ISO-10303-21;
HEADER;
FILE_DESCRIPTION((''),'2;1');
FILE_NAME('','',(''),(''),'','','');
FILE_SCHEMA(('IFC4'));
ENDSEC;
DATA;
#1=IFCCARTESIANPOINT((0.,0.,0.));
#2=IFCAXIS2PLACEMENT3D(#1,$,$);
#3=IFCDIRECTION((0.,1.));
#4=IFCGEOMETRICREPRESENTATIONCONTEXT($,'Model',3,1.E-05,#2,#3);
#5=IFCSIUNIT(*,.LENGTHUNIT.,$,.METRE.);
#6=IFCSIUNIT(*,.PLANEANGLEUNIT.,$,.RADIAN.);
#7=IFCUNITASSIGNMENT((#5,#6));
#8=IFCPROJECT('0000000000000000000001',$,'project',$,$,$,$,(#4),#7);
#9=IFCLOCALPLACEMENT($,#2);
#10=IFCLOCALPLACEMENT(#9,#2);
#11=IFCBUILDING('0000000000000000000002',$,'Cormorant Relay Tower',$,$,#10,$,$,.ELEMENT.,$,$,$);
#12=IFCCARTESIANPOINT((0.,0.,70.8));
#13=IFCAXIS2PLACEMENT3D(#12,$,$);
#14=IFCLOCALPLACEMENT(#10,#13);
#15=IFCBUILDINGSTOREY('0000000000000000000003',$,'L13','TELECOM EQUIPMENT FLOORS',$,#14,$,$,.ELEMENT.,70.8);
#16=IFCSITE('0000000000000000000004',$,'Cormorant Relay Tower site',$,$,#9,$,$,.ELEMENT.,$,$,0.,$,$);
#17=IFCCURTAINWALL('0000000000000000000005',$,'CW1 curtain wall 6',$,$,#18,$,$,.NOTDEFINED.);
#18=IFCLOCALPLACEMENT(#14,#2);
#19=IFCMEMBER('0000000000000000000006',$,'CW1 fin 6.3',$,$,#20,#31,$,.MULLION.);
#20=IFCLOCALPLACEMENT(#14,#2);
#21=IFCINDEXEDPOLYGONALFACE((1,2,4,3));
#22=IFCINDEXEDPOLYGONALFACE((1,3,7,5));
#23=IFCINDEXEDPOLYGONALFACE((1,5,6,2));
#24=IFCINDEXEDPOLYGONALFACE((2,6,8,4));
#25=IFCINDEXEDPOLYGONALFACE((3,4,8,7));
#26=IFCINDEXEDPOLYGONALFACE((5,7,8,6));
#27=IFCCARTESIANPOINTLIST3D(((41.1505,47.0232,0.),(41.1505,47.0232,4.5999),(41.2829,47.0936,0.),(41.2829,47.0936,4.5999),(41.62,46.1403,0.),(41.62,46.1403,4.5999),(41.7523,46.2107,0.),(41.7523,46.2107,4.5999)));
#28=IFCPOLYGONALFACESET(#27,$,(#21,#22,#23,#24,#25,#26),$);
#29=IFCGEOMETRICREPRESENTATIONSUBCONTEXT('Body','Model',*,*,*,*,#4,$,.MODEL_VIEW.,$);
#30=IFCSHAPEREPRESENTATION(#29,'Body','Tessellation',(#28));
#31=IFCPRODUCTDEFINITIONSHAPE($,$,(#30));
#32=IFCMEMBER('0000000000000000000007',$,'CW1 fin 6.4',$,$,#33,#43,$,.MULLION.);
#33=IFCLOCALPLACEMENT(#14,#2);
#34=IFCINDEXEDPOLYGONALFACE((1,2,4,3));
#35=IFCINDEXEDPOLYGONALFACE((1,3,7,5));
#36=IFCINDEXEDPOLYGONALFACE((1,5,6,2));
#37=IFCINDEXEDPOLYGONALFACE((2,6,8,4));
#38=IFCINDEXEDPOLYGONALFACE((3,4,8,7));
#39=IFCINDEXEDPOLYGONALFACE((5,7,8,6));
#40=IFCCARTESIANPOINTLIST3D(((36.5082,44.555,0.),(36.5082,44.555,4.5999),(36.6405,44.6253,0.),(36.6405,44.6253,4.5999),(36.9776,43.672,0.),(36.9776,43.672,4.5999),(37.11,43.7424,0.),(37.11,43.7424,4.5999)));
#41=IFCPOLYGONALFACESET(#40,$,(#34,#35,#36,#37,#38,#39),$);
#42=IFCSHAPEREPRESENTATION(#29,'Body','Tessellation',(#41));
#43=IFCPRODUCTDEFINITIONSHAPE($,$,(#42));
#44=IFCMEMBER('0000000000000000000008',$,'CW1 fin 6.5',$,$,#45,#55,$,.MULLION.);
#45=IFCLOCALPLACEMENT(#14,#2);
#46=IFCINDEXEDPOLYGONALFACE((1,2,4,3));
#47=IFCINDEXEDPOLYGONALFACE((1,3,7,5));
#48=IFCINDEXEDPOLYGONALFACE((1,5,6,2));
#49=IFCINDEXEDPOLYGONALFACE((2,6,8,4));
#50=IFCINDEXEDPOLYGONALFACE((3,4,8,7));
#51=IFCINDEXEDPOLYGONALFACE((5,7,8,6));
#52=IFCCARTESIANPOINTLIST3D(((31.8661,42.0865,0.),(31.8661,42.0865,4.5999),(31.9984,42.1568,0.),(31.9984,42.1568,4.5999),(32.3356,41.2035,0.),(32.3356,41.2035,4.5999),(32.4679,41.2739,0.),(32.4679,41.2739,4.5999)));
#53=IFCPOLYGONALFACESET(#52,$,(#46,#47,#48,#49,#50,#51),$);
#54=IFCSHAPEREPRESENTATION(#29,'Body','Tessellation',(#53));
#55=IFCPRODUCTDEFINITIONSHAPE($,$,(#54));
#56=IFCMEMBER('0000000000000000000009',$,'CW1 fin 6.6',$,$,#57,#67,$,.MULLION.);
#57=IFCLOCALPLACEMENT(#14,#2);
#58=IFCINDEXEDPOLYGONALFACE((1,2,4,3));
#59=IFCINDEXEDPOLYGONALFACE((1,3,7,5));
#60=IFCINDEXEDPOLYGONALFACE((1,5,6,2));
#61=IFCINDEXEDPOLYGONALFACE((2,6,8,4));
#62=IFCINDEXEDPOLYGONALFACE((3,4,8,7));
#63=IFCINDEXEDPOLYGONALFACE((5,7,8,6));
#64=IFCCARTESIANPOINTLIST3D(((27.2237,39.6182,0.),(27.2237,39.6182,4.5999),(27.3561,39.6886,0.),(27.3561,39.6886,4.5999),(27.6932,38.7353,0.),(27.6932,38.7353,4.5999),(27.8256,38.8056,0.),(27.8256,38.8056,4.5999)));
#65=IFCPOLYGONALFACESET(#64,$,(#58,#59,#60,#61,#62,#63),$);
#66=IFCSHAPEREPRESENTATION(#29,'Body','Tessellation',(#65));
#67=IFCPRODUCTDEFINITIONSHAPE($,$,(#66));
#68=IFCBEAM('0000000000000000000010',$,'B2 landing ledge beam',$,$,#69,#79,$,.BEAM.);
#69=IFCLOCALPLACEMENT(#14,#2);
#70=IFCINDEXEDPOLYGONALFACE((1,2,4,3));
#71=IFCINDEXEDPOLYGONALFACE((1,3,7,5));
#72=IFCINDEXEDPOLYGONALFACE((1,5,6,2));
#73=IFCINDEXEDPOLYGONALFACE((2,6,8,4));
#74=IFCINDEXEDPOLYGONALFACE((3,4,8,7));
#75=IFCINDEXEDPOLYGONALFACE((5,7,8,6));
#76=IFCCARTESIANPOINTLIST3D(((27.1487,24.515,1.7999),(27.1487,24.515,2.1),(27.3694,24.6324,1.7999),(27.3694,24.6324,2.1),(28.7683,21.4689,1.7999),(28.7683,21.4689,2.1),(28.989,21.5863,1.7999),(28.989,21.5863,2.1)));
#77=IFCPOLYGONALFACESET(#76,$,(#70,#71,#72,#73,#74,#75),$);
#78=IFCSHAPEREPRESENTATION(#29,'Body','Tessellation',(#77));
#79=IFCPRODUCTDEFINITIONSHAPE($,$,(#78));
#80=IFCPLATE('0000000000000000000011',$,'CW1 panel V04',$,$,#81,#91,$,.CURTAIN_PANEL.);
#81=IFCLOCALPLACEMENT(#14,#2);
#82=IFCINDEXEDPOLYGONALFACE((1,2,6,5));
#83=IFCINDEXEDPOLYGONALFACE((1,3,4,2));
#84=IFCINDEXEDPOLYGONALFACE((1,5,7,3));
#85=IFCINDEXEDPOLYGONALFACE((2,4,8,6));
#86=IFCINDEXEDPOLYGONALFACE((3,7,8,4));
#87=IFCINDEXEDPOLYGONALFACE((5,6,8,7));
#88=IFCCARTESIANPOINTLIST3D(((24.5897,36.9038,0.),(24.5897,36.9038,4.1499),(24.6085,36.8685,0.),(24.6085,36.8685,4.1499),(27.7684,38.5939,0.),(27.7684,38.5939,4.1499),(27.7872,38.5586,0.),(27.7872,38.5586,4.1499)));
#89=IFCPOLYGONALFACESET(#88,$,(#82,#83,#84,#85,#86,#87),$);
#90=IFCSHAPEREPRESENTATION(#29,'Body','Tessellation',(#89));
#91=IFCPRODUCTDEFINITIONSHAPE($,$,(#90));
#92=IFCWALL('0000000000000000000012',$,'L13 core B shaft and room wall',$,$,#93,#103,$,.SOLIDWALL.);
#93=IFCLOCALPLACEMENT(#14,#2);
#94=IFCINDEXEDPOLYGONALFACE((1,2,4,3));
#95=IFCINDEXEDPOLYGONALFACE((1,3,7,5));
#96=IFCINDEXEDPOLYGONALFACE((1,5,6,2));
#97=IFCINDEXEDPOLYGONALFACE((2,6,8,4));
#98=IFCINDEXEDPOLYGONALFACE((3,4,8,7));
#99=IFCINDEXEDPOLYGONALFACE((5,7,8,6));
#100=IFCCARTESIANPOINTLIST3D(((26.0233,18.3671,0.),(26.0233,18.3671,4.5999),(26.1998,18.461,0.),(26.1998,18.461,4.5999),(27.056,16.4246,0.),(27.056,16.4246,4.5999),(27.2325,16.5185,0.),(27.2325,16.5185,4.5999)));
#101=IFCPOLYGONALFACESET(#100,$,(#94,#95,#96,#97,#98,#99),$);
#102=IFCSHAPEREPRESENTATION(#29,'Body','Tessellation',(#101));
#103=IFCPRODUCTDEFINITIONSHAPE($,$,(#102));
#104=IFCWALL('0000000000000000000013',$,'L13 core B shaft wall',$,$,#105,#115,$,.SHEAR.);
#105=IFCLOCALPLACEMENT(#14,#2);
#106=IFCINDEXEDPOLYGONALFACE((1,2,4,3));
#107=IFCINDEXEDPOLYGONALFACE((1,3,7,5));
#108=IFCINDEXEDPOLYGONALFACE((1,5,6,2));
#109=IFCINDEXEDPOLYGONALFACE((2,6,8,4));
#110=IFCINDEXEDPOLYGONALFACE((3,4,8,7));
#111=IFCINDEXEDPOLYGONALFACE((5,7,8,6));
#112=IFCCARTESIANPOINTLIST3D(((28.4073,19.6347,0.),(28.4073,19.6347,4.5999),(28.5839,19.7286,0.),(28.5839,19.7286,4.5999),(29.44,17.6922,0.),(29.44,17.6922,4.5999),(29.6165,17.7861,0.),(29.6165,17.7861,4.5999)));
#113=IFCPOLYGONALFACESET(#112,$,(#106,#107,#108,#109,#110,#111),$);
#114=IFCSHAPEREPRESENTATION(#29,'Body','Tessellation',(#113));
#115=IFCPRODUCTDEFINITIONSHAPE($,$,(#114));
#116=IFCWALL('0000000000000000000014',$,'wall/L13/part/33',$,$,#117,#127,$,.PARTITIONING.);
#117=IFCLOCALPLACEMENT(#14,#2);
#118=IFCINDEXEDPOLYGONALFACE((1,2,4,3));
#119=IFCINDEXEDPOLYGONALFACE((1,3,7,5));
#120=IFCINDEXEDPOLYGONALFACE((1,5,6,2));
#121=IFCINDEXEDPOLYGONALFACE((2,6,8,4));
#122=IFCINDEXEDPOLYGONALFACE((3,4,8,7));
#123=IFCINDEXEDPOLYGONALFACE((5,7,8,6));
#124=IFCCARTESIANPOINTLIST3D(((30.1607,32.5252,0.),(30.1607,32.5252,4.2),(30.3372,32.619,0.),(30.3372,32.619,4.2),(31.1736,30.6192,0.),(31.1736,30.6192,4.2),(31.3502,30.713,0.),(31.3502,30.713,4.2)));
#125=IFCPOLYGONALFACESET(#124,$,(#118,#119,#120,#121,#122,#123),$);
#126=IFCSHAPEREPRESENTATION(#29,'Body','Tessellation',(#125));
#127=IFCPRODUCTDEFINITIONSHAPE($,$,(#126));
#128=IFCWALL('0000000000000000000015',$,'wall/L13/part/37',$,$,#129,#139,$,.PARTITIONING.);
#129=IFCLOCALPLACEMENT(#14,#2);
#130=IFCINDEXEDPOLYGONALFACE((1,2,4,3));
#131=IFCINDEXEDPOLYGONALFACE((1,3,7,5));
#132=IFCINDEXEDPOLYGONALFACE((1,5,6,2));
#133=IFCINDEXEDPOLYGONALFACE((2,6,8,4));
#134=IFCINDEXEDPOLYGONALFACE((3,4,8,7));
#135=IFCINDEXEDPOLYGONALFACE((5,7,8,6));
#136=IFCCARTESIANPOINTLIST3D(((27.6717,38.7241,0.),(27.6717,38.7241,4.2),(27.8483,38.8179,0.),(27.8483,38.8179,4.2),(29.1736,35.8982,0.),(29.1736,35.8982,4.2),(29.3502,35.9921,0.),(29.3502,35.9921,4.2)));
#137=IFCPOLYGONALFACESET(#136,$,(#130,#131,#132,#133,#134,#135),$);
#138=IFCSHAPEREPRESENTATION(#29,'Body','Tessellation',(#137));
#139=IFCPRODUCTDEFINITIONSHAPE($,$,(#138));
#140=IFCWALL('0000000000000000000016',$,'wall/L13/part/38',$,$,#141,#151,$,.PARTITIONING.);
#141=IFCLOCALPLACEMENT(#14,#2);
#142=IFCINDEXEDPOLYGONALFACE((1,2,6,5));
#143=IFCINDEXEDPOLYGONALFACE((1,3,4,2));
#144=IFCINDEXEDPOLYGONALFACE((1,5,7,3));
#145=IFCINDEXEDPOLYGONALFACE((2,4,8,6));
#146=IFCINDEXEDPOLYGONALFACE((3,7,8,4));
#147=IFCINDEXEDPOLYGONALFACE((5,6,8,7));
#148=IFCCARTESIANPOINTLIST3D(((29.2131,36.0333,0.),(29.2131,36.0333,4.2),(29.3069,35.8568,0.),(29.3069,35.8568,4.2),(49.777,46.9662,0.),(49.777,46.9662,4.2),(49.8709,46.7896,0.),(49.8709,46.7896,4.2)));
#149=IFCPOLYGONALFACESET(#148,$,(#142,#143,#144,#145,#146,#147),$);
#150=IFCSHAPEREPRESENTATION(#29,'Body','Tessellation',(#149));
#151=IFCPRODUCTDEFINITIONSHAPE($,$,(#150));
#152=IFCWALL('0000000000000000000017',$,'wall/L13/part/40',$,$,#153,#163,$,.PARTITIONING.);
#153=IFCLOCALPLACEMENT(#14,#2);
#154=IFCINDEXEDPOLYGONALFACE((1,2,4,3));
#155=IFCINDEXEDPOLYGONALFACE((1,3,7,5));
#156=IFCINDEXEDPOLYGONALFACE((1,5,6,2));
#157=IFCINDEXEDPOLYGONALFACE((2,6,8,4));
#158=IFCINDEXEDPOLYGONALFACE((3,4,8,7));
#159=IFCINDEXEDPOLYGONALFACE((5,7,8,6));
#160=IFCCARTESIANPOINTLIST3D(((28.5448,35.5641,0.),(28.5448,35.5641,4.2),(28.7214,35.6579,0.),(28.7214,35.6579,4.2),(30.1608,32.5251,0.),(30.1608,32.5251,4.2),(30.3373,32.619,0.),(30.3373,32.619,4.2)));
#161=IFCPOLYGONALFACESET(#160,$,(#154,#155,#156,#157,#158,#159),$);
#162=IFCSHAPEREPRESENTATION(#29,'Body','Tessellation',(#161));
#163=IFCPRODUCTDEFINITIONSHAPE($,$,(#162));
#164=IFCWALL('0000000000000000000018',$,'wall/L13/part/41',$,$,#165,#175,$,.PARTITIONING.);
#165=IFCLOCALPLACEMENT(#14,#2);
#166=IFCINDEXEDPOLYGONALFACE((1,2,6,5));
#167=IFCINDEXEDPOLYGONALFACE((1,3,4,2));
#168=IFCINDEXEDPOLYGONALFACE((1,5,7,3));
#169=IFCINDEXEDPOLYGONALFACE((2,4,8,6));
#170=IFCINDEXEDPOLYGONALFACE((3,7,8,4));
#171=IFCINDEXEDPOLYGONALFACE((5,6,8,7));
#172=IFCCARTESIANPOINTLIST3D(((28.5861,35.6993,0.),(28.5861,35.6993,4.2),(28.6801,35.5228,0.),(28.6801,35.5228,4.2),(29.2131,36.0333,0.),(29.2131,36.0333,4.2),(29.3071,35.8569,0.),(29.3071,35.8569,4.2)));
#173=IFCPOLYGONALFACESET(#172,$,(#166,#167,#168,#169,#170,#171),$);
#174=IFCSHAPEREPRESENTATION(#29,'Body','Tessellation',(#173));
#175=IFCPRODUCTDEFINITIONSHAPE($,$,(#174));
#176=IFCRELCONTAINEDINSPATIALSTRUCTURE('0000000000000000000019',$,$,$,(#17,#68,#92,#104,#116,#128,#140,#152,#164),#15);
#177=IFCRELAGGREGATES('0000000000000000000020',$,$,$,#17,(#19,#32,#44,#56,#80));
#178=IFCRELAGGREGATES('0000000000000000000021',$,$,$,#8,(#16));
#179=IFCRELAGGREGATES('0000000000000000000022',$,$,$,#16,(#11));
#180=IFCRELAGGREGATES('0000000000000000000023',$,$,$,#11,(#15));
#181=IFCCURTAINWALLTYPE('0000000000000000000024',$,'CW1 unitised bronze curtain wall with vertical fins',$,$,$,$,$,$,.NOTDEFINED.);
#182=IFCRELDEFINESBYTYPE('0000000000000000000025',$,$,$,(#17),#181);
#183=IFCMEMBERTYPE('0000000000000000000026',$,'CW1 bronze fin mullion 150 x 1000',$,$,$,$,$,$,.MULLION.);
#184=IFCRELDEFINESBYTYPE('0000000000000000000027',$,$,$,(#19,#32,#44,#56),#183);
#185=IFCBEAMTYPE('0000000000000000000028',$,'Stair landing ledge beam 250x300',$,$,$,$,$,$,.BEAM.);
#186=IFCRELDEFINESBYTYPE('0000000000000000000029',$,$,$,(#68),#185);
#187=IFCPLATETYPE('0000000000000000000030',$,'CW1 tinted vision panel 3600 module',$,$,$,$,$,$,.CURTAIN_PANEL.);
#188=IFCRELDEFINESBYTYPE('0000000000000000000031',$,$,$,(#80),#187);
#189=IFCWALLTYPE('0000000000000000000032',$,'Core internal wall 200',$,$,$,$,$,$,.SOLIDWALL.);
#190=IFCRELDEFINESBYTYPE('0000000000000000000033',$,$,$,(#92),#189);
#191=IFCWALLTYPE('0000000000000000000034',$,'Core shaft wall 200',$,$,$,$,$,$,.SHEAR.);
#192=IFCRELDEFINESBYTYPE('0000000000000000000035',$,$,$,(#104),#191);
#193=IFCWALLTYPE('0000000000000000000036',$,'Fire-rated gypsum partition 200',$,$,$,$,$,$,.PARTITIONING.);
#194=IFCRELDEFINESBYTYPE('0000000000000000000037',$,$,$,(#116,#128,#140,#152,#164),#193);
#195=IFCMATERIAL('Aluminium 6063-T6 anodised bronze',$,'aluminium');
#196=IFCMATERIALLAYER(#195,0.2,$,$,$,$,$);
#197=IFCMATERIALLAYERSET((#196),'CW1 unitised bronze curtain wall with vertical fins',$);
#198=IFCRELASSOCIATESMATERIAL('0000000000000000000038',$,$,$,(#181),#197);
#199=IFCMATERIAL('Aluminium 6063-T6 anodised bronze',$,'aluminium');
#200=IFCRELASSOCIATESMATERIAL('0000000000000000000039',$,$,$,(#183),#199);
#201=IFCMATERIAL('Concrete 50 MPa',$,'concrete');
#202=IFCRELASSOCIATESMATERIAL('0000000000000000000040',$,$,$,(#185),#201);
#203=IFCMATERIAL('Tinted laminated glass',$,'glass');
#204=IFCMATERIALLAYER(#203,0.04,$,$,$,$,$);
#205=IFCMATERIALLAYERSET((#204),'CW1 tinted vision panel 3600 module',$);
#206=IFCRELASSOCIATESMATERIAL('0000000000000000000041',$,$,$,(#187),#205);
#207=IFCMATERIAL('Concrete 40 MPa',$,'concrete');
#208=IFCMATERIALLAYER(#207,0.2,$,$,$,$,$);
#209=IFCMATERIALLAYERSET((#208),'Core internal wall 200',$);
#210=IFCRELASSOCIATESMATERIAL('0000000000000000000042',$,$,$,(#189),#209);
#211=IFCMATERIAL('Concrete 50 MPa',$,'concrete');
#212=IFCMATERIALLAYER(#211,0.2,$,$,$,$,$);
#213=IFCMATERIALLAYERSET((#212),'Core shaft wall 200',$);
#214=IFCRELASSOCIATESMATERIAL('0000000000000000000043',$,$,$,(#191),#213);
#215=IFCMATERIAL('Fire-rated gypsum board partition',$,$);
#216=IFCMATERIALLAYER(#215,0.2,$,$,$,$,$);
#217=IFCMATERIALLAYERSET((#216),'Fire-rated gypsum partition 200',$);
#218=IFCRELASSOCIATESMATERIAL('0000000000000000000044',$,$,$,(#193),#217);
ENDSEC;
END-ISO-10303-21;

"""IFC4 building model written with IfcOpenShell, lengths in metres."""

from ifc_helpers import new_model, si_unit, direction, frame, frame_2d, origin, origin_2d, place, context, subcontext, project, spatial, rectangle, extrude, material, layer, layer_set, material_profile, profile_set, type_object, element, aggregate, save


model = new_model("IFC4")

# Units and contexts
model_context = context("Model", 3, precision=1e-05, world=origin(), true_north=direction((0.0, 1.0)))
body_context = subcontext(model_context, "Body", "Model", "MODEL_VIEW")
ifc_project = project(units=[si_unit("LENGTHUNIT", "METRE"), si_unit("PLANEANGLEUNIT", "RADIAN")], contexts=[model_context])

# Site, building, storey
site_placement = place(None, origin())
site = spatial("IfcSite", under=ifc_project, at=site_placement, Name="Cormorant Relay Tower site", CompositionType="ELEMENT", RefElevation=0.0)
building_placement = place(site_placement, origin())
building = spatial("IfcBuilding", under=site, at=building_placement, Name="Cormorant Relay Tower", CompositionType="ELEMENT")
storey_placement = place(building_placement, frame((0.0, 0.0, 70.8)))
storey = spatial("IfcBuildingStorey", under=building, at=storey_placement, Name="L13", Description="TELECOM EQUIPMENT FLOORS", CompositionType="ELEMENT", Elevation=70.8)

# Curtain wall, members
ifc_material_1 = material(Name="Aluminium 6063-T6 anodised bronze", Category="aluminium")
ifc_layer_1 = layer(ifc_material_1, 0.2)
ifc_layer_set_1 = layer_set([ifc_layer_1], Name="CW1 unitised bronze curtain wall with vertical fins")
curtain_wall_type = type_object("IfcCurtainWallType", Name="CW1 unitised bronze curtain wall with vertical fins", PredefinedType="NOTDEFINED", material=ifc_layer_set_1)
curtain_wall_placement = place(storey_placement, origin())
curtain_wall = element("IfcCurtainWall", 1, at=curtain_wall_placement, inside=storey, type_object=curtain_wall_type, Name="CW1 curtain wall 6", PredefinedType="NOTDEFINED")
ifc_material_2 = material(Name="Aluminium 6063-T6 anodised bronze", Category="aluminium")
ifc_material_profile_1 = material_profile(ifc_material_2, rectangle(XDim=0.1499, YDim=1.0, at=origin_2d()), Name="AL 150x1000")
ifc_profile_set_1 = profile_set([ifc_material_profile_1], Name="Aluminium 6063-T6 anodised bronze")
member_type = type_object("IfcMemberType", Name="CW1 bronze fin mullion 150 x 1000", PredefinedType="MULLION", material=ifc_profile_set_1)
member_1_placement = place(storey_placement, frame((41.4514, 46.6169, 0.0), z_axis=(0.0, 0.0, 1.0), x_axis=(-0.882948, -0.469472, 0.0)))
member_1 = element("IfcMember", 2, at=member_1_placement, type_object=member_type, Name="CW1 fin 6.3", PredefinedType="MULLION", context=body_context, shape_type="SweptSolid", body=[
    extrude(rectangle(XDim=0.1499, YDim=1.0, at=origin_2d()), origin(), (0.0, 0.0, 1.0), 4.5999),
])
member_2_placement = place(storey_placement, frame((36.8091, 44.1487, 0.0), z_axis=(0.0, 0.0, 1.0), x_axis=(-0.882948, -0.469472, 0.0)))
member_2 = element("IfcMember", 3, at=member_2_placement, type_object=member_type, Name="CW1 fin 6.4", PredefinedType="MULLION", context=body_context, shape_type="SweptSolid", body=[
    extrude(rectangle(XDim=0.1499, YDim=1.0, at=origin_2d()), origin(), (0.0, 0.0, 1.0), 4.5999),
])
member_3_placement = place(storey_placement, frame((32.167, 41.6802, 0.0), z_axis=(0.0, 0.0, 1.0), x_axis=(-0.882948, -0.469472, 0.0)))
member_3 = element("IfcMember", 4, at=member_3_placement, type_object=member_type, Name="CW1 fin 6.5", PredefinedType="MULLION", context=body_context, shape_type="SweptSolid", body=[
    extrude(rectangle(XDim=0.1499, YDim=1.0, at=origin_2d()), origin(), (0.0, 0.0, 1.0), 4.5999),
])
member_4_placement = place(storey_placement, frame((27.5247, 39.2119, 0.0), z_axis=(0.0, 0.0, 1.0), x_axis=(-0.882948, -0.469472, 0.0)))
member_4 = element("IfcMember", 5, at=member_4_placement, type_object=member_type, Name="CW1 fin 6.6", PredefinedType="MULLION", context=body_context, shape_type="SweptSolid", body=[
    extrude(rectangle(XDim=0.1499, YDim=1.0, at=origin_2d()), origin(), (0.0, 0.0, 1.0), 4.5999),
])

# Beam
ifc_material_3 = material(Name="Concrete 50 MPa", Category="concrete")
ifc_material_profile_2 = material_profile(ifc_material_3, rectangle(XDim=0.25, YDim=0.3, at=origin_2d()), Name="RC 250x300")
ifc_profile_set_2 = profile_set([ifc_material_profile_2], Name="Concrete 50 MPa")
beam_type = type_object("IfcBeamType", Name="Stair landing ledge beam 250x300", PredefinedType="BEAM", material=ifc_profile_set_2)
beam_placement = place(storey_placement, frame((28.8787, 21.5276, 1.95), z_axis=(-0.469464, 0.882952, 0.0), x_axis=(-0.882952, -0.469464, 0.0)))
element("IfcBeam", 6, at=beam_placement, inside=storey, type_object=beam_type, Name="B2 landing ledge beam", PredefinedType="BEAM", context=body_context, shape_type="SweptSolid", body=[
    extrude(rectangle(XDim=0.25, YDim=0.3, at=origin_2d()), origin(), (0.0, 0.0, 1.0), 3.45),
])

# Plate
ifc_material_4 = material(Name="Tinted laminated glass", Category="glass")
ifc_layer_2 = layer(ifc_material_4, 0.04)
ifc_layer_set_2 = layer_set([ifc_layer_2], Name="CW1 tinted vision panel 3600 module")
plate_type = type_object("IfcPlateType", Name="CW1 tinted vision panel 3600 module", PredefinedType="CURTAIN_PANEL", material=ifc_layer_set_2)
plate_placement = place(storey_placement, frame((26.1885, 37.7312, 0.0), z_axis=(0.0, 0.0, 1.0), x_axis=(-0.882948, -0.469472, 0.0)))
plate = element("IfcPlate", 7, at=plate_placement, type_object=plate_type, Name="CW1 panel V04", PredefinedType="CURTAIN_PANEL", context=body_context, shape_type="SweptSolid", body=[
    extrude(rectangle(XDim=3.6001, YDim=0.04, at=origin_2d()), origin(), (0.0, 0.0, 1.0), 4.1499),
])

# Walls
ifc_material_5 = material(Name="Concrete 40 MPa", Category="concrete")
ifc_layer_3 = layer(ifc_material_5, 0.2)
ifc_layer_set_3 = layer_set([ifc_layer_3], Name="Core internal wall 200")
wall_type_1 = type_object("IfcWallType", Name="Core internal wall 200", PredefinedType="SOLIDWALL", material=ifc_layer_set_3)
wall_1_placement = place(storey_placement, frame((27.1443, 16.4714, 0.0), z_axis=(0.0, 0.0, 1.0), x_axis=(-0.469401, 0.882985, 0.0)))
element("IfcWall", 8, at=wall_1_placement, inside=storey, type_object=wall_type_1, Name="L13 core B shaft and room wall", PredefinedType="SOLIDWALL", context=body_context, shape_type="SweptSolid", body=[
    extrude(rectangle(XDim=2.2, YDim=0.2, at=frame_2d((1.1001, 0.0))), origin(), (0.0, 0.0, 1.0), 4.5999),
])
ifc_material_6 = material(Name="Concrete 50 MPa", Category="concrete")
ifc_layer_4 = layer(ifc_material_6, 0.2)
ifc_layer_set_4 = layer_set([ifc_layer_4], Name="Core shaft wall 200")
wall_type_2 = type_object("IfcWallType", Name="Core shaft wall 200", PredefinedType="SHEAR", material=ifc_layer_set_4)
wall_2_placement = place(storey_placement, frame((29.5283, 17.739, 0.0), z_axis=(0.0, 0.0, 1.0), x_axis=(-0.469401, 0.882985, 0.0)))
element("IfcWall", 9, at=wall_2_placement, inside=storey, type_object=wall_type_2, Name="L13 core B shaft wall", PredefinedType="SHEAR", context=body_context, shape_type="SweptSolid", body=[
    extrude(rectangle(XDim=2.2, YDim=0.2, at=frame_2d((1.1001, 0.0))), origin(), (0.0, 0.0, 1.0), 4.5999),
])
ifc_material_7 = material(Name="Fire-rated gypsum board partition")
ifc_layer_5 = layer(ifc_material_7, 0.2)
ifc_layer_set_5 = layer_set([ifc_layer_5], Name="Fire-rated gypsum partition 200")
wall_type_3 = type_object("IfcWallType", Name="Fire-rated gypsum partition 200", PredefinedType="PARTITIONING", material=ifc_layer_set_5)
wall_3_placement = place(storey_placement, frame((30.249, 32.572, 0.0), z_axis=(0.0, 0.0, 1.0), x_axis=(0.46929, -0.883044, 0.0)))
element("IfcWall", 10, at=wall_3_placement, inside=storey, type_object=wall_type_3, Name="wall/L13/part/33", PredefinedType="PARTITIONING", context=body_context, shape_type="SweptSolid", body=[
    extrude(rectangle(XDim=2.1584, YDim=0.2, at=frame_2d((1.0791, 0.0))), origin(), (0.0, 0.0, 1.0), 4.2),
])
wall_4_placement = place(storey_placement, frame((27.76, 38.771, 0.0), z_axis=(0.0, 0.0, 1.0), x_axis=(0.469321, -0.883028, 0.0)))
element("IfcWall", 11, at=wall_4_placement, inside=storey, type_object=wall_type_3, Name="wall/L13/part/37", PredefinedType="PARTITIONING", context=body_context, shape_type="SweptSolid", body=[
    extrude(rectangle(XDim=3.2002, YDim=0.2, at=frame_2d((1.6001, 0.0))), origin(), (0.0, 0.0, 1.0), 4.2),
])
wall_5_placement = place(storey_placement, frame((29.26, 35.9451, 0.0), z_axis=(0.0, 0.0, 1.0), x_axis=(0.882969, 0.469432, 0.0)))
element("IfcWall", 12, at=wall_5_placement, inside=storey, type_object=wall_type_3, Name="wall/L13/part/38", PredefinedType="PARTITIONING", context=body_context, shape_type="SweptSolid", body=[
    extrude(rectangle(XDim=23.2896, YDim=0.2, at=frame_2d((11.6448, 0.0))), origin(), (0.0, 0.0, 1.0), 4.2),
])
wall_6_placement = place(storey_placement, frame((30.249, 32.572, 0.0), z_axis=(0.0, 0.0, 1.0), x_axis=(-0.469487, 0.882939, 0.0)))
element("IfcWall", 13, at=wall_6_placement, inside=storey, type_object=wall_type_3, Name="wall/L13/part/40", PredefinedType="PARTITIONING", context=body_context, shape_type="SweptSolid", body=[
    extrude(rectangle(XDim=3.4419, YDim=0.2, at=frame_2d((1.7209, 0.0))), origin(), (0.0, 0.0, 1.0), 4.2),
])
wall_7_placement = place(storey_placement, frame((28.6331, 35.6111, 0.0), z_axis=(0.0, 0.0, 1.0), x_axis=(0.882581, 0.47016, 0.0)))
element("IfcWall", 14, at=wall_7_placement, inside=storey, type_object=wall_type_3, Name="wall/L13/part/41", PredefinedType="PARTITIONING", context=body_context, shape_type="SweptSolid", body=[
    extrude(rectangle(XDim=0.7104, YDim=0.2, at=frame_2d((0.3552, 0.0))), origin(), (0.0, 0.0, 1.0), 4.2),
])

aggregate(curtain_wall, [member_1, member_2, member_3, member_4, plate])

save(model, "model.ifc")
